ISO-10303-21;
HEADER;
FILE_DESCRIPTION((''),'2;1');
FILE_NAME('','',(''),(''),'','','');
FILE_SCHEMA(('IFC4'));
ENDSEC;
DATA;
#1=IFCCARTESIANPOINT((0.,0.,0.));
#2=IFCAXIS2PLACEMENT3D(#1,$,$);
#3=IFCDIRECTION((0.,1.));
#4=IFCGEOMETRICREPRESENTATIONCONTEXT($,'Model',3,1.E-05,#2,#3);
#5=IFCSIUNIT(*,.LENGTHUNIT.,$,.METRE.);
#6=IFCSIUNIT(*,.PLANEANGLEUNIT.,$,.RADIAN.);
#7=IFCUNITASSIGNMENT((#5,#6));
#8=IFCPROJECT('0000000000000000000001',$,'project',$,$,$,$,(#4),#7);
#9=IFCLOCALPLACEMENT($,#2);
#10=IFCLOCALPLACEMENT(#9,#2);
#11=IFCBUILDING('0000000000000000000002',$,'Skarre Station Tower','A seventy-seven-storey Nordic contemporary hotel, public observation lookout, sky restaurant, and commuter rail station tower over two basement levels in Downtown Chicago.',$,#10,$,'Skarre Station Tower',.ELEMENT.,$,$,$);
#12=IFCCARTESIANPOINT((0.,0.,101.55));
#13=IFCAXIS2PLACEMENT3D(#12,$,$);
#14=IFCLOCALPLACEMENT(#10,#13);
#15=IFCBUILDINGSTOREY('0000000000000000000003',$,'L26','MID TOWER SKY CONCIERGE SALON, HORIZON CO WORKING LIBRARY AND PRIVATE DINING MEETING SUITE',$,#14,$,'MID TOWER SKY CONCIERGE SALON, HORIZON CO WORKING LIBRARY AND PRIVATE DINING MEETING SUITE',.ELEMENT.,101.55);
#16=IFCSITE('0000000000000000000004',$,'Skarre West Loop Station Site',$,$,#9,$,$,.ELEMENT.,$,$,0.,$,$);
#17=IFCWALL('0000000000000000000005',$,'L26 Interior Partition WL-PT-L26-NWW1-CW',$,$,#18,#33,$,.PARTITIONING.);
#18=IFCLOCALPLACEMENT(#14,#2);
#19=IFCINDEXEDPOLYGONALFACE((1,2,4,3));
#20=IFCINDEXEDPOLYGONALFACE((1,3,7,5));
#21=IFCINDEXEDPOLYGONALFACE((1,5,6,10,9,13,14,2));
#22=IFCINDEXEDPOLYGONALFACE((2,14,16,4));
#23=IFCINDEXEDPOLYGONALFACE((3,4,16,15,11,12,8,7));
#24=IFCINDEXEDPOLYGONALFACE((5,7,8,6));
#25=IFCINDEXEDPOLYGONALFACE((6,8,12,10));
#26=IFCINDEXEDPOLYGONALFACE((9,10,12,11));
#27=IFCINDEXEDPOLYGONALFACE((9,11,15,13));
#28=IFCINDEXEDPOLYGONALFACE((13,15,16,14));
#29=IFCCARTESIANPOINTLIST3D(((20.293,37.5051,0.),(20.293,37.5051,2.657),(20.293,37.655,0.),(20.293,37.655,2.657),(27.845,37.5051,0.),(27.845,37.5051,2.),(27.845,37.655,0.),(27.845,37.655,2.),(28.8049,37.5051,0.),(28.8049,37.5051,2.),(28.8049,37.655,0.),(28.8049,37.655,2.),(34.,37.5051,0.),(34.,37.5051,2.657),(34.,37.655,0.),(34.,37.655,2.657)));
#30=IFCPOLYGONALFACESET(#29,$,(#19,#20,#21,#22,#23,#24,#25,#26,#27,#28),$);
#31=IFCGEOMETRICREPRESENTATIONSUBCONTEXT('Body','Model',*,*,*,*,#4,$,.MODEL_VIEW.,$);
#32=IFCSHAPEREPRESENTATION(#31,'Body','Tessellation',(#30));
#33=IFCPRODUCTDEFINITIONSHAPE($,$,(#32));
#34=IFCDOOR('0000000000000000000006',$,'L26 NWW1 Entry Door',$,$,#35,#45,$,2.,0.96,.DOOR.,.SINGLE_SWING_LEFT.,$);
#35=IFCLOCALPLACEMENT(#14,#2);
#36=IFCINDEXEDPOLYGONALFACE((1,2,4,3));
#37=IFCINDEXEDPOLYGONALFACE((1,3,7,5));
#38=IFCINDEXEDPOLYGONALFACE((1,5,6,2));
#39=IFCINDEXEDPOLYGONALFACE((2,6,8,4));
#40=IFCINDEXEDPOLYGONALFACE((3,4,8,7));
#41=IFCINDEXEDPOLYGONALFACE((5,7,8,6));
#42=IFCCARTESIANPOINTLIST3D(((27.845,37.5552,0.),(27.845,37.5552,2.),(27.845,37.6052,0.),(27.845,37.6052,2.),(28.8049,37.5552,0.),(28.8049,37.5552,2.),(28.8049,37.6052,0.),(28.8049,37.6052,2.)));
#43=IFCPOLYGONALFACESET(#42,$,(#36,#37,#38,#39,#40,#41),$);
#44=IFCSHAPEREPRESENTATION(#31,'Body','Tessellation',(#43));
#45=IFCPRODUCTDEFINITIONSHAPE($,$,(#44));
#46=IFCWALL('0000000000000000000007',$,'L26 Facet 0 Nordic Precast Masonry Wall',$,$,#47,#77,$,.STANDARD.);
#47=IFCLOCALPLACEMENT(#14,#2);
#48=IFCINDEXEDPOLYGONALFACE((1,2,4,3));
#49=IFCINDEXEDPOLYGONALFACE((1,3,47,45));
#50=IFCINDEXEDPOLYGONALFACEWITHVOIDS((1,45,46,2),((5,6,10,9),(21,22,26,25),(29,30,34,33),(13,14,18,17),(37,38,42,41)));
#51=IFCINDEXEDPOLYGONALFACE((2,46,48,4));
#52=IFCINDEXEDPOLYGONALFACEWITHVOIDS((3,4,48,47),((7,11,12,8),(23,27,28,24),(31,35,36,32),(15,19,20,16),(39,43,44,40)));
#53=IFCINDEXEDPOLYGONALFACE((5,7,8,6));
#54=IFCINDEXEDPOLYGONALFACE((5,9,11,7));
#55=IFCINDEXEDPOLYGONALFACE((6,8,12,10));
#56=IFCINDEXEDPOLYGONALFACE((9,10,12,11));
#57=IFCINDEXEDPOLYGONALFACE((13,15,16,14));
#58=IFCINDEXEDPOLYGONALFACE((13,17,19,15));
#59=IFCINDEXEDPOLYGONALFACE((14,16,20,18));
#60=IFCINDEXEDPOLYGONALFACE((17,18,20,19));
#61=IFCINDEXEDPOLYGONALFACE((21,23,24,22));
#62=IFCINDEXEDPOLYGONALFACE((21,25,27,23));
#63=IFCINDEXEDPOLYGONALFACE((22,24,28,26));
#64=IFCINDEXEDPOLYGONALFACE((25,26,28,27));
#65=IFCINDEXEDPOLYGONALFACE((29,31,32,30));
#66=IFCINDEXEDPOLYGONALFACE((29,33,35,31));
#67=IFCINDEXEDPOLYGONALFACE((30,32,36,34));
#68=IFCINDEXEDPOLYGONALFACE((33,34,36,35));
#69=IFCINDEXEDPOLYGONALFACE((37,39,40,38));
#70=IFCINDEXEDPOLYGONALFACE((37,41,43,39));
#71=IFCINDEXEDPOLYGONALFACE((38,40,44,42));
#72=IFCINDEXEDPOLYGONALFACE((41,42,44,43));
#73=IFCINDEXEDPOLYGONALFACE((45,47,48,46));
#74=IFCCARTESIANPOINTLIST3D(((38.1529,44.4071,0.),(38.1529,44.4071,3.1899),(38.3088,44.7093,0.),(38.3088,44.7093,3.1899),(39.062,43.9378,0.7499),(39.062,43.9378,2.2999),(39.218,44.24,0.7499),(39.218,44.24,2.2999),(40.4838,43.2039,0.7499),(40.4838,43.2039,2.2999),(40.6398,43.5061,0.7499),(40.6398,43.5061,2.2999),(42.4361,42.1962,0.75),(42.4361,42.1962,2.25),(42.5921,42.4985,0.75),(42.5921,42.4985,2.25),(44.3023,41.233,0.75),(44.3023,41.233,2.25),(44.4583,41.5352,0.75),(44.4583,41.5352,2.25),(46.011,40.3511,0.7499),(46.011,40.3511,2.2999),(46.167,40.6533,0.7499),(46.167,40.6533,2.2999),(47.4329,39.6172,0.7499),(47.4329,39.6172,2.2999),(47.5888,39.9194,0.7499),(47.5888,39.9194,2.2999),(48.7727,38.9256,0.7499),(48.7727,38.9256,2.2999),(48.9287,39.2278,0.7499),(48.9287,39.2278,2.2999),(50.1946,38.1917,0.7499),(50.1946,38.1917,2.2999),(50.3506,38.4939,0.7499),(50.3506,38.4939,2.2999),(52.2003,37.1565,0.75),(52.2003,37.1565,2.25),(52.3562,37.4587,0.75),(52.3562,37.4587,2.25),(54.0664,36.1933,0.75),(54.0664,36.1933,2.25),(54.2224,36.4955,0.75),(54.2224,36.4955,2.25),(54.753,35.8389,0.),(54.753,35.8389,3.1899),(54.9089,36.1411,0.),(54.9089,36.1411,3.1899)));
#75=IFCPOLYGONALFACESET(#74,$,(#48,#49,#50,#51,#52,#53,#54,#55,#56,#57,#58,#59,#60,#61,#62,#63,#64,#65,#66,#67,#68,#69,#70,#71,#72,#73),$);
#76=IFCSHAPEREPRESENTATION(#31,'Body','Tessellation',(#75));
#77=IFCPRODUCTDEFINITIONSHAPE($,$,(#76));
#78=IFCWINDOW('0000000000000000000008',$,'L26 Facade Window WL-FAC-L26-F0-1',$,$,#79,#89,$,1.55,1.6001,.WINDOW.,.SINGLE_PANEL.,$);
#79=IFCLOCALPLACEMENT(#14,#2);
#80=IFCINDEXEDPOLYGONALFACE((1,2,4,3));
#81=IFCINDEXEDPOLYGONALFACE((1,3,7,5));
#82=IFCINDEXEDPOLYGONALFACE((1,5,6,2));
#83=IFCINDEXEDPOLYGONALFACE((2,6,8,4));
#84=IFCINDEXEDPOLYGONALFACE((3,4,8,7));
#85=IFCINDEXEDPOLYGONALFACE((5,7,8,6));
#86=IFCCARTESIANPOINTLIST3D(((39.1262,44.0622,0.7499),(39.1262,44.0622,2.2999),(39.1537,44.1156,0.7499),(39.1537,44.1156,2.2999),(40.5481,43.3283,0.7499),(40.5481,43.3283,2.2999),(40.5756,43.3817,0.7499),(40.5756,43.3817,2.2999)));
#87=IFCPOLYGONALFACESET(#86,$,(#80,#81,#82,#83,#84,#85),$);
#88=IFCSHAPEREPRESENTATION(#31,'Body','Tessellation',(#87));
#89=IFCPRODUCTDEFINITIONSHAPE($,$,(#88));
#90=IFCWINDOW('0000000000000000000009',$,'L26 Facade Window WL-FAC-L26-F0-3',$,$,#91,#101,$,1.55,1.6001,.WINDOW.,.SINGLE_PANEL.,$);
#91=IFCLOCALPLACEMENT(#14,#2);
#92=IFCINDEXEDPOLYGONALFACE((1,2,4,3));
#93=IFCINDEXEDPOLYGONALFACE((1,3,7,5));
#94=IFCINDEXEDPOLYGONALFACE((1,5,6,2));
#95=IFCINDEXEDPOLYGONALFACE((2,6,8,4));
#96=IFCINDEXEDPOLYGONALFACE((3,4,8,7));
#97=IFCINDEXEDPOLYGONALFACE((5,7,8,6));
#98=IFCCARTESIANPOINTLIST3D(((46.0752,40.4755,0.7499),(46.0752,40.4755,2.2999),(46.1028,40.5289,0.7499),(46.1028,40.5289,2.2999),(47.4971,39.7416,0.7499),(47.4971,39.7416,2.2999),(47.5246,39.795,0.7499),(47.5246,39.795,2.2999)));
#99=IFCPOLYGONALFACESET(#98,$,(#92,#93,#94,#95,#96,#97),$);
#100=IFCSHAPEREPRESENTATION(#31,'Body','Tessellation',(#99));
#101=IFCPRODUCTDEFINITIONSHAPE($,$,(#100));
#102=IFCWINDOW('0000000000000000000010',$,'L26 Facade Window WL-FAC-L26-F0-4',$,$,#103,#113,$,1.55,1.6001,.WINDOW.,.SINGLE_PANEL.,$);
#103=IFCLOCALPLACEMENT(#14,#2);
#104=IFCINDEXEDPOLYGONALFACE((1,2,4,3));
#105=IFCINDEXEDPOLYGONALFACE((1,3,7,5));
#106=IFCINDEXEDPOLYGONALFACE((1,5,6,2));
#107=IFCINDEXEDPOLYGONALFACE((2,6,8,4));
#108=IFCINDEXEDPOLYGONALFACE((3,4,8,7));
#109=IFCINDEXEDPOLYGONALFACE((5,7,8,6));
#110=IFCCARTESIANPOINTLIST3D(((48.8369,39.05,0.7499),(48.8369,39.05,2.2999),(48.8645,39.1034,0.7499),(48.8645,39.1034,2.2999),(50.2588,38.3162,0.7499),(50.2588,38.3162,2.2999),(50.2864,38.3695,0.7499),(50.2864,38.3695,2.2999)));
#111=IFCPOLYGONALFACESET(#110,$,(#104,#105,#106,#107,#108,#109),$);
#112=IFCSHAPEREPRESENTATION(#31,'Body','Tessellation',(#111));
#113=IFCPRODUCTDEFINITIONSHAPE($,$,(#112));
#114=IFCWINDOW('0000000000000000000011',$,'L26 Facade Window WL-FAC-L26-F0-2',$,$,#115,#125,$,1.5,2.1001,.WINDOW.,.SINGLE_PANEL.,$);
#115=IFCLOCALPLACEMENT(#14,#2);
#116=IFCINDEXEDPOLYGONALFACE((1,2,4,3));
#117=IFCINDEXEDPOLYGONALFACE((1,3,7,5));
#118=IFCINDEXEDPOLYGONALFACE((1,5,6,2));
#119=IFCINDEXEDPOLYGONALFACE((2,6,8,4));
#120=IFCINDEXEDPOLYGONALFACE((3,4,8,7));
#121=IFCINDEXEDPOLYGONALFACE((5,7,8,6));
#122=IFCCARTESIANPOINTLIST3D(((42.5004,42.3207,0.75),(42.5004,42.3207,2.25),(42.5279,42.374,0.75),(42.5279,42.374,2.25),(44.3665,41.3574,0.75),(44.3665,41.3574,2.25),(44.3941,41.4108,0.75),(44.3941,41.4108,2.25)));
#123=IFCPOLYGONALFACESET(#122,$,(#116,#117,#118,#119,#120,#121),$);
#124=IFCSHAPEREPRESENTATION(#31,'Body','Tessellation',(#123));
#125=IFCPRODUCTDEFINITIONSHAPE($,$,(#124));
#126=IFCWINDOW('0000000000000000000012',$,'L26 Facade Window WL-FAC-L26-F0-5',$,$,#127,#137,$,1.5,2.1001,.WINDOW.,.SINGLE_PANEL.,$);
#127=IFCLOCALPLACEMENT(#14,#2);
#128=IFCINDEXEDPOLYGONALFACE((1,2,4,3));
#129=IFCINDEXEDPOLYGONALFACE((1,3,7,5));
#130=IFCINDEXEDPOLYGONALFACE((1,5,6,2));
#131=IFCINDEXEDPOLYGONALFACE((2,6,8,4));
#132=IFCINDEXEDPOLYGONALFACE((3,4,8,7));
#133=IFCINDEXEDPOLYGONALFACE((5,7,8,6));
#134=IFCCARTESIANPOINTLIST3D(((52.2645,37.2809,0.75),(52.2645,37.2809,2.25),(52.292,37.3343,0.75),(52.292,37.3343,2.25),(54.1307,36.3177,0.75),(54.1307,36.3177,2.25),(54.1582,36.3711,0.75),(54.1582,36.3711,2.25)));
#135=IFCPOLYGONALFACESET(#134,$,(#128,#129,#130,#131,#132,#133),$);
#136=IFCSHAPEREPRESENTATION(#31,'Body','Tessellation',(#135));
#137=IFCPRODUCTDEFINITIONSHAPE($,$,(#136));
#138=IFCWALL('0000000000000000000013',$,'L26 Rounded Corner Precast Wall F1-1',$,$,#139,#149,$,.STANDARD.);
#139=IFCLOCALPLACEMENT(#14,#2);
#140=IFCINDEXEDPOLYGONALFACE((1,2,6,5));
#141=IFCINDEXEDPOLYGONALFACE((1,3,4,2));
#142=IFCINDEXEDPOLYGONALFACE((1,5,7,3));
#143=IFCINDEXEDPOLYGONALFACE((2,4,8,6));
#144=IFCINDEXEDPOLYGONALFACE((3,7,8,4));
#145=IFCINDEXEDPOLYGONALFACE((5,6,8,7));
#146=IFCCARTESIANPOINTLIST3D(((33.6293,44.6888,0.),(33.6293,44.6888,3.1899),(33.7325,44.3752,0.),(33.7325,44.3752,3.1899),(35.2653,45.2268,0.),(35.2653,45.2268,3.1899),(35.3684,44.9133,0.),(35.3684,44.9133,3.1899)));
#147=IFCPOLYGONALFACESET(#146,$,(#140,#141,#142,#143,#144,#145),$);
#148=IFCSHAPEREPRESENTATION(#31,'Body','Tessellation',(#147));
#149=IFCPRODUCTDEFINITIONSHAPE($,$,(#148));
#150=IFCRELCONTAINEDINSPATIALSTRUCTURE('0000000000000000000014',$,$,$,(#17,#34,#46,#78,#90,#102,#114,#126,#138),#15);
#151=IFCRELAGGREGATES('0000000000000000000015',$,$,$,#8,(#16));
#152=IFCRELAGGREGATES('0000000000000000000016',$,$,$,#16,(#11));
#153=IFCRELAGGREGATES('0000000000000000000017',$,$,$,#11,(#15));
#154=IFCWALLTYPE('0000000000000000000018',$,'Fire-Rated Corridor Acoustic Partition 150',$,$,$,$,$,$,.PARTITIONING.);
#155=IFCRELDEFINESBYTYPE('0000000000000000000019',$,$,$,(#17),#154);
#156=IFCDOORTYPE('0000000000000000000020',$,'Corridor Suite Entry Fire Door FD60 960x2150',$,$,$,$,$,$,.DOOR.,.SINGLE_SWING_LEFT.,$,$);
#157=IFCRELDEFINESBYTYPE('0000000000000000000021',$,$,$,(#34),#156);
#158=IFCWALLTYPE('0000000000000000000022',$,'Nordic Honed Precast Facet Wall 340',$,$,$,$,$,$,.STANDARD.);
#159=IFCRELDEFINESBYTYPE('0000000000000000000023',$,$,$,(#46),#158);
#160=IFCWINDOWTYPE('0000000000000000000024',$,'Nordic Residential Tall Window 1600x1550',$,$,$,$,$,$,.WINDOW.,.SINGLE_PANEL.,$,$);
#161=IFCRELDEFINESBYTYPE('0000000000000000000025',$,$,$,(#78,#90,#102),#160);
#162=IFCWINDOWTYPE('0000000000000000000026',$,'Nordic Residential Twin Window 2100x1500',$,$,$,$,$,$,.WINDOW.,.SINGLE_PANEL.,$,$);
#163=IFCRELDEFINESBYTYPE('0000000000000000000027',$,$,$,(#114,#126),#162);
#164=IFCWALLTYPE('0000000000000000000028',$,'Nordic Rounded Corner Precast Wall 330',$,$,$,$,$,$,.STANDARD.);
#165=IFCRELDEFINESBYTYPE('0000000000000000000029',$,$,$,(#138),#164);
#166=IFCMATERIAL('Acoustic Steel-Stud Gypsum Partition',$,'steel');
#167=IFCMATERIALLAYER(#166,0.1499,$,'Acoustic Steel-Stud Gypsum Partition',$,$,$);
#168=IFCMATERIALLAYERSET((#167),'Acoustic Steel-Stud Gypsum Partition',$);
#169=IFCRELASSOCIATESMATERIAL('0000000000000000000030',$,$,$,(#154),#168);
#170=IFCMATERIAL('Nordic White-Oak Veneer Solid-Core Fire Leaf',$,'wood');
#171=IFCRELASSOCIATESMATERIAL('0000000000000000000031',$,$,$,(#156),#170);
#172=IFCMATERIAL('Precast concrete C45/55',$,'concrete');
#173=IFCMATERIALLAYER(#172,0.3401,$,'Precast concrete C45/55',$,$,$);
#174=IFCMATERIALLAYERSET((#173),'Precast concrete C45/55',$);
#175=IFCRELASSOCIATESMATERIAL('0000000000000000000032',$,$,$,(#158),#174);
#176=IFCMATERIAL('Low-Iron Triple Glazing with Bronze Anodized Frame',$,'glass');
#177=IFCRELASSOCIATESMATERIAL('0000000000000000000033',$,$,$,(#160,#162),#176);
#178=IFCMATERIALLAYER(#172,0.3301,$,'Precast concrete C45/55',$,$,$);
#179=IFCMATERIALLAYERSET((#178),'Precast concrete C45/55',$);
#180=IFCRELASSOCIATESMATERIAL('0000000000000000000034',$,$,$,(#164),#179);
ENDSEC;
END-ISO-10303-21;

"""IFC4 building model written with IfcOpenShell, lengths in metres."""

from ifc_helpers import new_model, si_unit, direction, frame, frame_2d, origin, place, context, subcontext, project, spatial, rectangle, extrude, material, layer, layer_set, type_object, element, fill, save


model = new_model("IFC4")

# Units and contexts
model_context = context("Model", 3, precision=1e-05, world=origin(), true_north=direction((0.0, 1.0)))
body_context = subcontext(model_context, "Body", "Model", "MODEL_VIEW")
ifc_project = project(units=[si_unit("LENGTHUNIT", "METRE"), si_unit("PLANEANGLEUNIT", "RADIAN")], contexts=[model_context])

# Site, building, storey
site_placement = place(None, origin())
site = spatial("IfcSite", under=ifc_project, at=site_placement, Name="Skarre West Loop Station Site", CompositionType="ELEMENT", RefElevation=0.0)
building_placement = place(site_placement, origin())
building = spatial("IfcBuilding", under=site, at=building_placement, Name="Skarre Station Tower", Description="A seventy-seven-storey Nordic contemporary hotel, public observation lookout, sky restaurant, and commuter rail station tower over two basement levels in Downtown Chicago.", LongName="Skarre Station Tower", CompositionType="ELEMENT")
storey_placement = place(building_placement, frame((0.0, 0.0, 101.55)))
storey = spatial("IfcBuildingStorey", under=building, at=storey_placement, Name="L26", Description="MID TOWER SKY CONCIERGE SALON, HORIZON CO WORKING LIBRARY AND PRIVATE DINING MEETING SUITE", LongName="MID TOWER SKY CONCIERGE SALON, HORIZON CO WORKING LIBRARY AND PRIVATE DINING MEETING SUITE", CompositionType="ELEMENT", Elevation=101.55)

# Wall, opening, door
ifc_material_1 = material(Name="Acoustic Steel-Stud Gypsum Partition", Category="steel")
ifc_layer_1 = layer(ifc_material_1, 0.1499, Name="Acoustic Steel-Stud Gypsum Partition")
ifc_layer_set_1 = layer_set([ifc_layer_1], Name="Acoustic Steel-Stud Gypsum Partition")
wall_type_1 = type_object("IfcWallType", Name="Fire-Rated Corridor Acoustic Partition 150", PredefinedType="PARTITIONING", material=ifc_layer_set_1)
wall_1_placement = place(storey_placement, frame((34.0, 37.5801, 0.0), z_axis=(0.0, 0.0, 1.0), x_axis=(-1.0, 0.0, 0.0)))
wall_1 = element("IfcWall", 1, at=wall_1_placement, inside=storey, type_object=wall_type_1, Name="L26 Interior Partition WL-PT-L26-NWW1-CW", PredefinedType="PARTITIONING", context=body_context, shape_type="SweptSolid", body=[
    extrude(rectangle(XDim=13.707, YDim=0.1499, at=frame_2d((6.8535, 0.0))), origin(), (0.0, 0.0, 1.0), 2.657),
])
opening_1_placement = place(wall_1_placement, frame((5.1951, 0.0, 0.0)))
opening_1 = element("IfcOpeningElement", 2, at=opening_1_placement, cuts=wall_1, PredefinedType="OPENING", context=body_context, shape_type="SweptSolid", body=[
    extrude(rectangle(XDim=0.96, YDim=2.0, at=frame_2d((0.48, 1.0))), frame((0.0, 0.085, 0.0), z_axis=(0.0, -1.0, 0.0), x_axis=(1.0, 0.0, 0.0)), (0.0, 0.0, 1.0), 0.1699),
])
ifc_material_2 = material(Name="Nordic White-Oak Veneer Solid-Core Fire Leaf", Category="wood")
door_type = type_object("IfcDoorType", Name="Corridor Suite Entry Fire Door FD60 960x2150", OperationType="SINGLE_SWING_LEFT", PredefinedType="DOOR", material=ifc_material_2)
door_placement = place(opening_1_placement, origin())
door = element("IfcDoor", 3, at=door_placement, inside=storey, type_object=door_type, Name="L26 NWW1 Entry Door", OperationType="SINGLE_SWING_LEFT", OverallHeight=2.0, OverallWidth=0.96, PredefinedType="DOOR", context=body_context, shape_type="SweptSolid", body=[
    extrude(rectangle(XDim=0.96, YDim=2.0, at=frame_2d((0.48, 1.0))), frame((0.0, 0.0249, 0.0), z_axis=(0.0, -1.0, 0.0), x_axis=(1.0, 0.0, 0.0)), (0.0, 0.0, 1.0), 0.05),
])
fill(opening_1, door)

# Wall, openings, windows
ifc_material_3 = material(Name="Precast concrete C45/55", Category="concrete")
ifc_layer_2 = layer(ifc_material_3, 0.3401, Name="Precast concrete C45/55")
ifc_layer_set_2 = layer_set([ifc_layer_2], Name="Precast concrete C45/55")
wall_type_2 = type_object("IfcWallType", Name="Nordic Honed Precast Facet Wall 340", PredefinedType="STANDARD", material=ifc_layer_set_2)
wall_2_placement = place(storey_placement, frame((38.231, 44.5581, 0.0), z_axis=(0.0, 0.0, 1.0), x_axis=(0.888614, -0.458657, 0.0)))
wall_2 = element("IfcWall", 4, at=wall_2_placement, inside=storey, type_object=wall_type_2, Name="L26 Facet 0 Nordic Precast Masonry Wall", PredefinedType="STANDARD", context=body_context, shape_type="SweptSolid", body=[
    extrude(rectangle(XDim=18.6809, YDim=0.3401, at=frame_2d((9.3403, 0.0))), origin(), (0.0, 0.0, 1.0), 3.1899),
])
opening_2_placement = place(wall_2_placement, frame((1.0229, 0.0, 0.75)))
opening_2 = element("IfcOpeningElement", 5, at=opening_2_placement, cuts=wall_2, PredefinedType="OPENING", context=body_context, shape_type="SweptSolid", body=[
    extrude(rectangle(XDim=1.6001, YDim=1.55, at=frame_2d((0.8, 0.7749))), frame((0.0, 0.1799, 0.0), z_axis=(0.0, -1.0, 0.0), x_axis=(1.0, 0.0, 0.0)), (0.0, 0.0, 1.0), 0.3601),
])
opening_3_placement = place(wall_2_placement, frame((4.8201, 0.0, 0.75)))
opening_3 = element("IfcOpeningElement", 6, at=opening_3_placement, cuts=wall_2, PredefinedType="OPENING", context=body_context, shape_type="SweptSolid", body=[
    extrude(rectangle(XDim=2.1001, YDim=1.5, at=frame_2d((1.05, 0.75))), frame((0.0, 0.1799, 0.0), z_axis=(0.0, -1.0, 0.0), x_axis=(1.0, 0.0, 0.0)), (0.0, 0.0, 1.0), 0.3601),
])
opening_4_placement = place(wall_2_placement, frame((8.843, 0.0, 0.75)))
opening_4 = element("IfcOpeningElement", 7, at=opening_4_placement, cuts=wall_2, PredefinedType="OPENING", context=body_context, shape_type="SweptSolid", body=[
    extrude(rectangle(XDim=1.6001, YDim=1.55, at=frame_2d((0.8, 0.7749))), frame((0.0, 0.1799, 0.0), z_axis=(0.0, -1.0, 0.0), x_axis=(1.0, 0.0, 0.0)), (0.0, 0.0, 1.0), 0.3601),
])
opening_5_placement = place(wall_2_placement, frame((11.9509, 0.0, 0.75)))
opening_5 = element("IfcOpeningElement", 8, at=opening_5_placement, cuts=wall_2, PredefinedType="OPENING", context=body_context, shape_type="SweptSolid", body=[
    extrude(rectangle(XDim=1.6001, YDim=1.55, at=frame_2d((0.8, 0.7749))), frame((0.0, 0.1799, 0.0), z_axis=(0.0, -1.0, 0.0), x_axis=(1.0, 0.0, 0.0)), (0.0, 0.0, 1.0), 0.3601),
])
opening_6_placement = place(wall_2_placement, frame((15.8081, 0.0, 0.75)))
opening_6 = element("IfcOpeningElement", 9, at=opening_6_placement, cuts=wall_2, PredefinedType="OPENING", context=body_context, shape_type="SweptSolid", body=[
    extrude(rectangle(XDim=2.1001, YDim=1.5, at=frame_2d((1.05, 0.75))), frame((0.0, 0.1799, 0.0), z_axis=(0.0, -1.0, 0.0), x_axis=(1.0, 0.0, 0.0)), (0.0, 0.0, 1.0), 0.3601),
])
ifc_material_4 = material(Name="Low-Iron Triple Glazing with Bronze Anodized Frame", Category="glass")
window_type_1 = type_object("IfcWindowType", Name="Nordic Residential Tall Window 1600x1550", PartitioningType="SINGLE_PANEL", PredefinedType="WINDOW", material=ifc_material_4)
window_1_placement = place(opening_2_placement, origin())
window_1 = element("IfcWindow", 10, at=window_1_placement, inside=storey, type_object=window_type_1, Name="L26 Facade Window WL-FAC-L26-F0-1", OverallHeight=1.55, OverallWidth=1.6001, PartitioningType="SINGLE_PANEL", PredefinedType="WINDOW", context=body_context, shape_type="SweptSolid", body=[
    extrude(rectangle(XDim=1.6001, YDim=1.55, at=frame_2d((0.8, 0.7749))), frame((0.0, 0.03, 0.0), z_axis=(0.0, -1.0, 0.0), x_axis=(1.0, 0.0, 0.0)), (0.0, 0.0, 1.0), 0.0601),
])
fill(opening_2, window_1)
window_2_placement = place(opening_4_placement, origin())
window_2 = element("IfcWindow", 11, at=window_2_placement, inside=storey, type_object=window_type_1, Name="L26 Facade Window WL-FAC-L26-F0-3", OverallHeight=1.55, OverallWidth=1.6001, PartitioningType="SINGLE_PANEL", PredefinedType="WINDOW", context=body_context, shape_type="SweptSolid", body=[
    extrude(rectangle(XDim=1.6001, YDim=1.55, at=frame_2d((0.8, 0.7749))), frame((0.0, 0.03, 0.0), z_axis=(0.0, -1.0, 0.0), x_axis=(1.0, 0.0, 0.0)), (0.0, 0.0, 1.0), 0.0601),
])
fill(opening_4, window_2)
window_3_placement = place(opening_5_placement, origin())
window_3 = element("IfcWindow", 12, at=window_3_placement, inside=storey, type_object=window_type_1, Name="L26 Facade Window WL-FAC-L26-F0-4", OverallHeight=1.55, OverallWidth=1.6001, PartitioningType="SINGLE_PANEL", PredefinedType="WINDOW", context=body_context, shape_type="SweptSolid", body=[
    extrude(rectangle(XDim=1.6001, YDim=1.55, at=frame_2d((0.8, 0.7749))), frame((0.0, 0.03, 0.0), z_axis=(0.0, -1.0, 0.0), x_axis=(1.0, 0.0, 0.0)), (0.0, 0.0, 1.0), 0.0601),
])
fill(opening_5, window_3)
window_type_2 = type_object("IfcWindowType", Name="Nordic Residential Twin Window 2100x1500", PartitioningType="SINGLE_PANEL", PredefinedType="WINDOW", material=ifc_material_4)
window_4_placement = place(opening_3_placement, origin())
window_4 = element("IfcWindow", 13, at=window_4_placement, inside=storey, type_object=window_type_2, Name="L26 Facade Window WL-FAC-L26-F0-2", OverallHeight=1.5, OverallWidth=2.1001, PartitioningType="SINGLE_PANEL", PredefinedType="WINDOW", context=body_context, shape_type="SweptSolid", body=[
    extrude(rectangle(XDim=2.1001, YDim=1.5, at=frame_2d((1.05, 0.75))), frame((0.0, 0.03, 0.0), z_axis=(0.0, -1.0, 0.0), x_axis=(1.0, 0.0, 0.0)), (0.0, 0.0, 1.0), 0.0601),
])
fill(opening_3, window_4)
window_5_placement = place(opening_6_placement, origin())
window_5 = element("IfcWindow", 14, at=window_5_placement, inside=storey, type_object=window_type_2, Name="L26 Facade Window WL-FAC-L26-F0-5", OverallHeight=1.5, OverallWidth=2.1001, PartitioningType="SINGLE_PANEL", PredefinedType="WINDOW", context=body_context, shape_type="SweptSolid", body=[
    extrude(rectangle(XDim=2.1001, YDim=1.5, at=frame_2d((1.05, 0.75))), frame((0.0, 0.03, 0.0), z_axis=(0.0, -1.0, 0.0), x_axis=(1.0, 0.0, 0.0)), (0.0, 0.0, 1.0), 0.0601),
])
fill(opening_6, window_5)

# Wall
ifc_layer_3 = layer(ifc_material_3, 0.3301, Name="Precast concrete C45/55")
ifc_layer_set_3 = layer_set([ifc_layer_3], Name="Precast concrete C45/55")
wall_type_3 = type_object("IfcWallType", Name="Nordic Rounded Corner Precast Wall 330", PredefinedType="STANDARD", material=ifc_layer_set_3)
wall_3_placement = place(storey_placement, frame((33.6809, 44.532, 0.0), z_axis=(0.0, 0.0, 1.0), x_axis=(0.949937, 0.31244, 0.0)))
element("IfcWall", 15, at=wall_3_placement, inside=storey, type_object=wall_type_3, Name="L26 Rounded Corner Precast Wall F1-1", PredefinedType="STANDARD", context=body_context, shape_type="SweptSolid", body=[
    extrude(rectangle(XDim=1.7222, YDim=0.3301, at=frame_2d((0.8611, 0.0))), origin(), (0.0, 0.0, 1.0), 3.1899),
])

save(model, "model.ifc")
